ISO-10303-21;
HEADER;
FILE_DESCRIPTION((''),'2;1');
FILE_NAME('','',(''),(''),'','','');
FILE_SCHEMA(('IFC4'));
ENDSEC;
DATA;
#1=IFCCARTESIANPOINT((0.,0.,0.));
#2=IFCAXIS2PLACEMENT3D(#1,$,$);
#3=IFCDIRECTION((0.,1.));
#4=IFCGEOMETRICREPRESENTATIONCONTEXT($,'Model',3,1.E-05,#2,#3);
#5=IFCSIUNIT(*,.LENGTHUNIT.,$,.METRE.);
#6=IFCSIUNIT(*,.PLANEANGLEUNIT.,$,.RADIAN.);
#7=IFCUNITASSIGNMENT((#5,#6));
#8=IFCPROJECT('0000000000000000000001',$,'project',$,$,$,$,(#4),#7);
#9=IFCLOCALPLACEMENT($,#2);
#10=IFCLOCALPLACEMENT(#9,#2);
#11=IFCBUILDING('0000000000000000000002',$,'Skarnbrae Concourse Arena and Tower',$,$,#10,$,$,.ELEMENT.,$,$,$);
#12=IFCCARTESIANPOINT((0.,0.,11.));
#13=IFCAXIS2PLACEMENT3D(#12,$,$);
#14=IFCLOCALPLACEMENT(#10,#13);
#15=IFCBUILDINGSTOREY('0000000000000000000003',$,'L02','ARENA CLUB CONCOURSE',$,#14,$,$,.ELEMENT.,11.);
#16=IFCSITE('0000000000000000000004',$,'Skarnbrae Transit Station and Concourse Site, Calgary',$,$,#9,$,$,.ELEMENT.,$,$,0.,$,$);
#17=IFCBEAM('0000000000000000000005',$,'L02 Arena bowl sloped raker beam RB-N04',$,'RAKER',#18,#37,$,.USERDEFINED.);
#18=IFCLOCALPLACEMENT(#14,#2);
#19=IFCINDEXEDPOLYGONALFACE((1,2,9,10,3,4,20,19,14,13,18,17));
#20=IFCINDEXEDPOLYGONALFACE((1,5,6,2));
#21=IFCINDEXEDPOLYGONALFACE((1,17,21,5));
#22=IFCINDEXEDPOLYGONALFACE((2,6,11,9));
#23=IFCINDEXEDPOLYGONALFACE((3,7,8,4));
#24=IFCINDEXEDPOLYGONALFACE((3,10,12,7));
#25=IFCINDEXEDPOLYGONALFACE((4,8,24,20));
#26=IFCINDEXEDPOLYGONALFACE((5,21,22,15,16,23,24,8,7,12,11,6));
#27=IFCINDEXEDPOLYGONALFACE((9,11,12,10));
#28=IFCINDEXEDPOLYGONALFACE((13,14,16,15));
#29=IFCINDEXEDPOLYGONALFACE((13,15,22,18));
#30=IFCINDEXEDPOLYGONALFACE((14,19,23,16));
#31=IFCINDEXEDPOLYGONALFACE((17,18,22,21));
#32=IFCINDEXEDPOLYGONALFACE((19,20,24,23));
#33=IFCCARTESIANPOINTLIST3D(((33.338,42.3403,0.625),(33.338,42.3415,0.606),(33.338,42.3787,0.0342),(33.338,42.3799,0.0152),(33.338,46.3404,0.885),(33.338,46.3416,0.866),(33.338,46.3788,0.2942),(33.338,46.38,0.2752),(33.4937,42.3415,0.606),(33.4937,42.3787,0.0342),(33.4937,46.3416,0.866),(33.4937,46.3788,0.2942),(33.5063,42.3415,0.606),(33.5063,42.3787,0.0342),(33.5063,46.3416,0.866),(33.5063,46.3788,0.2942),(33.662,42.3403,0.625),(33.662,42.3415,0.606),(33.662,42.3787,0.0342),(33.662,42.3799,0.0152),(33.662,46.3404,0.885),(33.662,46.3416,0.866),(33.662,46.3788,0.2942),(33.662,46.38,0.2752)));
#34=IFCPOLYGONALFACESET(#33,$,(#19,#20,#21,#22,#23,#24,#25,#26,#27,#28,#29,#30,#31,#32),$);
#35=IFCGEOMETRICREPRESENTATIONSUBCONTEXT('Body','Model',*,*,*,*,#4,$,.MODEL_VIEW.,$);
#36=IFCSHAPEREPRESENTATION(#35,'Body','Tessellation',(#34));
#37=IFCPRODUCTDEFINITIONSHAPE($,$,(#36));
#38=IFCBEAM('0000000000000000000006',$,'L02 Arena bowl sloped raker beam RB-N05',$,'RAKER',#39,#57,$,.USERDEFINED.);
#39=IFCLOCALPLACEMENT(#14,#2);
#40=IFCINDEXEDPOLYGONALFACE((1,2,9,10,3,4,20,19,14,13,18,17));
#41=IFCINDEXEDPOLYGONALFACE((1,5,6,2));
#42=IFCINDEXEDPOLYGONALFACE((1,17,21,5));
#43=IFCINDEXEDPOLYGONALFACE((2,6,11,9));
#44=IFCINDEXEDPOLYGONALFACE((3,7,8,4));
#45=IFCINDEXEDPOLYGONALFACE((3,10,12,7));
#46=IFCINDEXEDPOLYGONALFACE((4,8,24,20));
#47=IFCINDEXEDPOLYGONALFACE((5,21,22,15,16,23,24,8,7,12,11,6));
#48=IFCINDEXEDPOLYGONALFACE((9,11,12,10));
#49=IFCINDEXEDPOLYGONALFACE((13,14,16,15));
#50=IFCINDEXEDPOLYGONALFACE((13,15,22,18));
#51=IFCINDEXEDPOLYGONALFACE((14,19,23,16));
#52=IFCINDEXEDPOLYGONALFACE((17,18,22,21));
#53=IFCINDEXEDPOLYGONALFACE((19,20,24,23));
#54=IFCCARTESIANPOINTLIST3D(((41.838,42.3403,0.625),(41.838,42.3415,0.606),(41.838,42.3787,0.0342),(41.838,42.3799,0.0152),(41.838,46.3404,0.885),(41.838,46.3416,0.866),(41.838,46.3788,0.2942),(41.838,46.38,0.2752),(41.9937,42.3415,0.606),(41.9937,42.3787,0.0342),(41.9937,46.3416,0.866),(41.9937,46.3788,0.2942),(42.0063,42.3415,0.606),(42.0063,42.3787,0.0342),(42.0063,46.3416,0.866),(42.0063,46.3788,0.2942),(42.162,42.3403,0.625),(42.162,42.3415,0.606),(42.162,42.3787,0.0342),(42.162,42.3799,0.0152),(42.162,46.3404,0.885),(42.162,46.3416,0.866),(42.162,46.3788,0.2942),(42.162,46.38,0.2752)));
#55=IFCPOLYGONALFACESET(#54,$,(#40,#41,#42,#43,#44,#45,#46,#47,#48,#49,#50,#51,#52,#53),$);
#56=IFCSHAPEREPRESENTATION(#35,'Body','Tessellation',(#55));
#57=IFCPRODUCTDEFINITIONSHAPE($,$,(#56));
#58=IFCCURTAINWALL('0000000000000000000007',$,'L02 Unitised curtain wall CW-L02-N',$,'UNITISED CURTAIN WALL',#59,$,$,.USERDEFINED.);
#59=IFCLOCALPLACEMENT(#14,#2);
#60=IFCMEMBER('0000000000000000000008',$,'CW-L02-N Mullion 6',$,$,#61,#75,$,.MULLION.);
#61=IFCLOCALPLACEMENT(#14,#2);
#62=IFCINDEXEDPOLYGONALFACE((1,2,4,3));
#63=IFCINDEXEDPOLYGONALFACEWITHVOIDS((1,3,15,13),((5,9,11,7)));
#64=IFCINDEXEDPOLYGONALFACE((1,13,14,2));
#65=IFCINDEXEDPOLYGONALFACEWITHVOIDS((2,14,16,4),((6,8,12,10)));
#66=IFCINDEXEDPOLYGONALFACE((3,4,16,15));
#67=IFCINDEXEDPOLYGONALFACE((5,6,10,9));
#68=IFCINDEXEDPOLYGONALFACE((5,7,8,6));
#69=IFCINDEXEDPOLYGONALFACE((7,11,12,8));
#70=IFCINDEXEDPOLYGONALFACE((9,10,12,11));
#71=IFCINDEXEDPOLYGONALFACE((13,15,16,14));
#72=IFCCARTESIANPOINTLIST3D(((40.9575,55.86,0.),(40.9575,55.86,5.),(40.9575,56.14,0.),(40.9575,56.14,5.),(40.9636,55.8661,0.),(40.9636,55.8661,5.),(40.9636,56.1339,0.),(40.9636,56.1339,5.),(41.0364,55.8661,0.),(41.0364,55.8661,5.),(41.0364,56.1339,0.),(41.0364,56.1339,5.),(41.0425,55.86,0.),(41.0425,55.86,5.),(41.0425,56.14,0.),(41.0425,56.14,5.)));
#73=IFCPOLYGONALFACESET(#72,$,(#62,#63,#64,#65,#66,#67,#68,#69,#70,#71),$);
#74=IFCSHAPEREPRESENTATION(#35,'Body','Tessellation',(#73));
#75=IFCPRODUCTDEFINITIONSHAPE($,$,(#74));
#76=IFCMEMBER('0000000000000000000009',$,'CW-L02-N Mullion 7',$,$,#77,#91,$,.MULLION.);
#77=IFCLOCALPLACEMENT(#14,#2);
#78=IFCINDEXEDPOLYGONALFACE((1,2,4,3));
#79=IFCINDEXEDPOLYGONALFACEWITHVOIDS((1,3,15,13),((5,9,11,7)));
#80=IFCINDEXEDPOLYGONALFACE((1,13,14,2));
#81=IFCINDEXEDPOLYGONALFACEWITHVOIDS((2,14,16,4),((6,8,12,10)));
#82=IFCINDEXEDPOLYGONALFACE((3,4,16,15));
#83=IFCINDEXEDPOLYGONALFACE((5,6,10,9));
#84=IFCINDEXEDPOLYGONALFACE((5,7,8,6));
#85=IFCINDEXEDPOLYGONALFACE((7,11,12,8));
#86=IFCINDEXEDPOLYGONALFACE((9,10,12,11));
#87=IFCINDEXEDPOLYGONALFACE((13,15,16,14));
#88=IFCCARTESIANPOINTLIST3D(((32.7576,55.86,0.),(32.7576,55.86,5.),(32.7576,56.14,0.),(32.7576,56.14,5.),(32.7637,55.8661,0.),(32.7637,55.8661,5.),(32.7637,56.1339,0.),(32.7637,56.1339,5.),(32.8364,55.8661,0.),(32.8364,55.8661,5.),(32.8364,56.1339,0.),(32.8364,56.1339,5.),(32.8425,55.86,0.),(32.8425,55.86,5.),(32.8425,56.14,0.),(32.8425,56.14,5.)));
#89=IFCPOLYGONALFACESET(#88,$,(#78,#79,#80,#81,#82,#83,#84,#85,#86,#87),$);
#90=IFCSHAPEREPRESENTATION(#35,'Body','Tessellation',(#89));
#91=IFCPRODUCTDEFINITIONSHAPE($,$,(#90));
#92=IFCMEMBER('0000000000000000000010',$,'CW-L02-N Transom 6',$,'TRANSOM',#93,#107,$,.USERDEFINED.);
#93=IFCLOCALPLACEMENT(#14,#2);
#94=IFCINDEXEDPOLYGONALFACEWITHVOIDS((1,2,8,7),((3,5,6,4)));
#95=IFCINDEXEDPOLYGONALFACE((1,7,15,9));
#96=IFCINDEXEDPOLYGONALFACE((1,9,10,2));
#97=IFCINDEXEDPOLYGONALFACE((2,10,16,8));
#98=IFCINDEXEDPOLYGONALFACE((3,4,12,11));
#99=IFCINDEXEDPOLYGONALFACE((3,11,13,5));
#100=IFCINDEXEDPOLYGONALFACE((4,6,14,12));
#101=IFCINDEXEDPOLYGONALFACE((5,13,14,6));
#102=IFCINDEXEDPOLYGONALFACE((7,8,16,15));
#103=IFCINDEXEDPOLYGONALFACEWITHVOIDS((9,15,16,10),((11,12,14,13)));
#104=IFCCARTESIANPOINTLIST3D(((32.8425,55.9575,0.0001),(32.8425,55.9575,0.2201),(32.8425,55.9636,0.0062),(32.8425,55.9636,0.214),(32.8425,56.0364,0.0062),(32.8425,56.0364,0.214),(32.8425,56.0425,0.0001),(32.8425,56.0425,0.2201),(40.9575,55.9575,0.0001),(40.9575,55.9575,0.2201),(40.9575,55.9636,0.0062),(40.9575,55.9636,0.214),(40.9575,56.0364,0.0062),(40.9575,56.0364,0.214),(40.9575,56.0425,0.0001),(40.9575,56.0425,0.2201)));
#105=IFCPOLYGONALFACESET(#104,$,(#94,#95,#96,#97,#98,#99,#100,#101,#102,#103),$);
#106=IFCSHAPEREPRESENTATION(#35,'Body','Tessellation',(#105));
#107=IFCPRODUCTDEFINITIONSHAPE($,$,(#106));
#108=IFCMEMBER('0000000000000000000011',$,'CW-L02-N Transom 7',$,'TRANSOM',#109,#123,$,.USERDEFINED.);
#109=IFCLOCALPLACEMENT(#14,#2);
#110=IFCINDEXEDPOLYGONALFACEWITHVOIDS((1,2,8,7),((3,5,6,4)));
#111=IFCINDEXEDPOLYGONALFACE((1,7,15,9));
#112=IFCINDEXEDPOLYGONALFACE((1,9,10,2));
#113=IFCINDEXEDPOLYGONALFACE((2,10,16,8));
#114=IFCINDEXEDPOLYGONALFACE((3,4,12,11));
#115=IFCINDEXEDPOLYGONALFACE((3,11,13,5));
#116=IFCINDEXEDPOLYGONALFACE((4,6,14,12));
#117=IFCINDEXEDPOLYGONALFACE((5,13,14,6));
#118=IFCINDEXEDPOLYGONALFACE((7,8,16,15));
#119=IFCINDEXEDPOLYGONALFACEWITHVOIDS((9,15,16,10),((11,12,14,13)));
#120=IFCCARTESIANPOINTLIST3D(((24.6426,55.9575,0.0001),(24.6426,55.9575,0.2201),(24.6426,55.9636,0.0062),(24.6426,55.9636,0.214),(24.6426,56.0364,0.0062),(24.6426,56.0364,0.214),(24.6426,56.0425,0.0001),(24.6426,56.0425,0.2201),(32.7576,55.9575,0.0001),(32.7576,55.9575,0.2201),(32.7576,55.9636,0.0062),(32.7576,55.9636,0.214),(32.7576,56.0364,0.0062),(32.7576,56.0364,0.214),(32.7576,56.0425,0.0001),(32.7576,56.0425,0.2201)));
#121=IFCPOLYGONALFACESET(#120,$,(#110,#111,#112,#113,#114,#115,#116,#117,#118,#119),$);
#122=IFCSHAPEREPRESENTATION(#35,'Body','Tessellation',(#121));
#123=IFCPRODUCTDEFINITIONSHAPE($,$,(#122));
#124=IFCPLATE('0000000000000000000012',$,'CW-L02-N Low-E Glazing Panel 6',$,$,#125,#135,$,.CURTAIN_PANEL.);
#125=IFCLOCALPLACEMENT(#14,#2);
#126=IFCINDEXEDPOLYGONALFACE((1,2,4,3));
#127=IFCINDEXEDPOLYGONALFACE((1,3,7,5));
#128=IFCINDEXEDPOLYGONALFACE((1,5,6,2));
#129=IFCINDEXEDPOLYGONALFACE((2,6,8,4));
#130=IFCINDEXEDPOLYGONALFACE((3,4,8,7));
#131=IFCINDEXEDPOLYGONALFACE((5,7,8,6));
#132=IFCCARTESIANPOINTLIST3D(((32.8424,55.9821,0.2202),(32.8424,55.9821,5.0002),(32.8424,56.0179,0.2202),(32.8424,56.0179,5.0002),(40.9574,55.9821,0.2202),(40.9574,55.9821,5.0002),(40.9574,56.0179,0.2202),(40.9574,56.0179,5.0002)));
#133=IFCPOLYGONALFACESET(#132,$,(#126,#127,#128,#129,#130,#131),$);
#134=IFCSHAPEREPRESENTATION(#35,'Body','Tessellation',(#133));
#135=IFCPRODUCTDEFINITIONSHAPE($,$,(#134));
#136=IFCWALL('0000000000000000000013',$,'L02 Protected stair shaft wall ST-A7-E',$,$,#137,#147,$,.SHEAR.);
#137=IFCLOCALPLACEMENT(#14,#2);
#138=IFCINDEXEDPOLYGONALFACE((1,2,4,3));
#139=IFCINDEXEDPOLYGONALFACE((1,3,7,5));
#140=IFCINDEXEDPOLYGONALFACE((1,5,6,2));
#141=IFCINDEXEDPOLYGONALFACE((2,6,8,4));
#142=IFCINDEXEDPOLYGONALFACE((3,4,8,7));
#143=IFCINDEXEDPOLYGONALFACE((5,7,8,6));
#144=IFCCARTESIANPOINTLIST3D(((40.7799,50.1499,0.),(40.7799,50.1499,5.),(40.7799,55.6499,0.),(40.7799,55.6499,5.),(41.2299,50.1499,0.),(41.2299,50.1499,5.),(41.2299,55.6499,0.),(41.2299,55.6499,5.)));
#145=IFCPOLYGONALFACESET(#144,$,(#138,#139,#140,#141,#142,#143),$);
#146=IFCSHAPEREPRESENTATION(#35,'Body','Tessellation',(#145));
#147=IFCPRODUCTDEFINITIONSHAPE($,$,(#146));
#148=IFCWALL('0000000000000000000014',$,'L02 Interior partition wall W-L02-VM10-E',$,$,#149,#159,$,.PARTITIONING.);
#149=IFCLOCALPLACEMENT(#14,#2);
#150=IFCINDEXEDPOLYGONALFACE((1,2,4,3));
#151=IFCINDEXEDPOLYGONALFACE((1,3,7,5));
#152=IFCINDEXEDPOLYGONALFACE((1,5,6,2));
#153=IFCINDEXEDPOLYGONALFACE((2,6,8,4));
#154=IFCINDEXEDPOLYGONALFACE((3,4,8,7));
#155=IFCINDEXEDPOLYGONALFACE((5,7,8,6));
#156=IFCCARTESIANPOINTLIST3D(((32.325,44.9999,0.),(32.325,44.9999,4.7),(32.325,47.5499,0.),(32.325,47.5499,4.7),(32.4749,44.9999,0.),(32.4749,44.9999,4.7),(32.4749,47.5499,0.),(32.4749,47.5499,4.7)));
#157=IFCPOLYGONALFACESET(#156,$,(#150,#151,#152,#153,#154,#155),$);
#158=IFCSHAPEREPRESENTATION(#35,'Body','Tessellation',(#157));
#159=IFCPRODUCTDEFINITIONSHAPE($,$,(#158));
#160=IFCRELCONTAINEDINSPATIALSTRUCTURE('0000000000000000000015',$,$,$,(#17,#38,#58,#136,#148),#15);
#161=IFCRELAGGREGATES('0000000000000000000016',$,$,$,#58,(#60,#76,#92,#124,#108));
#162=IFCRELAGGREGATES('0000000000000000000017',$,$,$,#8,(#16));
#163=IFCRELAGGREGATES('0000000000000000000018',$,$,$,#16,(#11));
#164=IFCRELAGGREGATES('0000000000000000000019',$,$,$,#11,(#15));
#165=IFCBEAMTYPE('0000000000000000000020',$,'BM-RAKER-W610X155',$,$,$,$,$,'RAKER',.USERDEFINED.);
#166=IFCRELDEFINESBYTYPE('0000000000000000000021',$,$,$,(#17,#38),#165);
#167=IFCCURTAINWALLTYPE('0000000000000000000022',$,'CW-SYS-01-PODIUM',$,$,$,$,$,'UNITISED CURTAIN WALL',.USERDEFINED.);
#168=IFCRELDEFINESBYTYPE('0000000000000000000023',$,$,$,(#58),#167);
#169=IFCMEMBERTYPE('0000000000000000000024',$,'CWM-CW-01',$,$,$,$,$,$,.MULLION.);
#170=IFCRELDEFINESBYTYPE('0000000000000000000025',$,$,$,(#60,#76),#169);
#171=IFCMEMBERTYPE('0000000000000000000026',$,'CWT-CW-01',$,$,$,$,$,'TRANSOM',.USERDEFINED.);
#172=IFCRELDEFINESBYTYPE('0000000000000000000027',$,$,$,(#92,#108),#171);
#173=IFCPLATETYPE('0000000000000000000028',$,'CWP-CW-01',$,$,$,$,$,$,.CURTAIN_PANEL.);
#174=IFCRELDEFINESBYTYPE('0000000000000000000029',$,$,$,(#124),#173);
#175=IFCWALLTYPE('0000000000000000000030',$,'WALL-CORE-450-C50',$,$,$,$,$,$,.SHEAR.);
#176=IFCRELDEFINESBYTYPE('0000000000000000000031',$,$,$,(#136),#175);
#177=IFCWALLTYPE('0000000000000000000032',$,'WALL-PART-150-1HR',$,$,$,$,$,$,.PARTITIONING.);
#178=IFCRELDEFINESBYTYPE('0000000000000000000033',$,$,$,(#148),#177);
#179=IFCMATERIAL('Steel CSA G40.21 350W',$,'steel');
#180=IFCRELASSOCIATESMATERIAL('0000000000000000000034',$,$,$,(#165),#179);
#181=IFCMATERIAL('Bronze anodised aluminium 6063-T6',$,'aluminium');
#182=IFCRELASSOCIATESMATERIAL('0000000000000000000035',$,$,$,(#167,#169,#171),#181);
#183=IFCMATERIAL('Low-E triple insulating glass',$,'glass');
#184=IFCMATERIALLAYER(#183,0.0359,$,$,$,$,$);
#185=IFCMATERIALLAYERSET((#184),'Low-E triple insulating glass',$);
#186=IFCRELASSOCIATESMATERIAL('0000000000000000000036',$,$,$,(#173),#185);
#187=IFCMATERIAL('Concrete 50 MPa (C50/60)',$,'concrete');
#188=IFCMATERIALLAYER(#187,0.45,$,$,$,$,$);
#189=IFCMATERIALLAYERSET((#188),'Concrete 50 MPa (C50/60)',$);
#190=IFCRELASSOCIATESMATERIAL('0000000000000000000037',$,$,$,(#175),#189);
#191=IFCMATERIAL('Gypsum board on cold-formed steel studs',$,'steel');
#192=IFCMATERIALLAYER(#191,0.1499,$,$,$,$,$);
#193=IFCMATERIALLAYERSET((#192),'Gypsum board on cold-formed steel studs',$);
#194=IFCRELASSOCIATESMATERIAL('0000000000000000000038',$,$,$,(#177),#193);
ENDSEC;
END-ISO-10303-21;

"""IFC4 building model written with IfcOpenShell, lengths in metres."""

from ifc_helpers import new_model, si_unit, direction, frame, frame_2d, origin, origin_2d, place, context, subcontext, project, spatial, rectangle, hollow_rectangle, i_section, extrude, source, transform, mapped, material, layer, layer_set, material_profile, profile_set, type_object, element, aggregate, save


model = new_model("IFC4")

# Units and contexts
model_context = context("Model", 3, precision=1e-05, world=origin(), true_north=direction((0.0, 1.0)))
body_context = subcontext(model_context, "Body", "Model", "MODEL_VIEW")
ifc_project = project(units=[si_unit("LENGTHUNIT", "METRE"), si_unit("PLANEANGLEUNIT", "RADIAN")], contexts=[model_context])

# Site, building, storey
site_placement = place(None, origin())
site = spatial("IfcSite", under=ifc_project, at=site_placement, Name="Skarnbrae Transit Station and Concourse Site, Calgary", CompositionType="ELEMENT", RefElevation=0.0)
building_placement = place(site_placement, origin())
building = spatial("IfcBuilding", under=site, at=building_placement, Name="Skarnbrae Concourse Arena and Tower", CompositionType="ELEMENT")
storey_placement = place(building_placement, frame((0.0, 0.0, 11.0)))
storey = spatial("IfcBuildingStorey", under=building, at=storey_placement, Name="L02", Description="ARENA CLUB CONCOURSE", CompositionType="ELEMENT", Elevation=11.0)

# Shared definitions
ifc_material_1 = material(Name="Steel CSA G40.21 350W", Category="steel")

# Beams
ifc_material_profile_1 = material_profile(ifc_material_1, i_section(OverallWidth=0.324, OverallDepth=0.6111, WebThickness=0.0127, FlangeThickness=0.019, at=origin_2d()), Name="W610X155")
ifc_profile_set_1 = profile_set([ifc_material_profile_1], Name="Steel CSA G40.21 350W")
beam_type_1 = type_object("IfcBeamType", Name="BM-RAKER-W610X155", ElementType="RAKER", PredefinedType="USERDEFINED", material=ifc_profile_set_1)
shared_shape_1 = source(origin(), body_context, "Body", "SweptSolid", [
    extrude(i_section(OverallWidth=0.324, OverallDepth=0.6111, WebThickness=0.0127, FlangeThickness=0.019, at=origin_2d()), origin(), (0.0, 0.0, 1.0), 4.0085),
])
for number, where, z_axis, x_axis, name in (
    (1, (33.5, 42.3601, 0.3201), (0.0, 0.997894, 0.064866), (-1.0, 0.0, 0.0), "L02 Arena bowl sloped raker beam RB-N04"),
    (2, (42.0, 42.3601, 0.3201), (0.0, 0.997894, 0.064866), (-1.0, 0.0, 0.0), "L02 Arena bowl sloped raker beam RB-N05"),
):
    element("IfcBeam", number, at=place(storey_placement, frame(where, z_axis=z_axis, x_axis=x_axis)), inside=storey, type_object=beam_type_1, Name=name, ObjectType="RAKER", PredefinedType="USERDEFINED", context=body_context, shape_type="MappedRepresentation", body=[
        mapped(shared_shape_1, transform((0.0, 0.0, 0.0))),
    ])

# Curtain wall, members, plate
ifc_material_2 = material(Name="Bronze anodised aluminium 6063-T6", Category="aluminium")
curtain_wall_type = type_object("IfcCurtainWallType", Name="CW-SYS-01-PODIUM", ElementType="UNITISED CURTAIN WALL", PredefinedType="USERDEFINED", material=ifc_material_2)
curtain_wall_placement = place(storey_placement, origin())
curtain_wall = element("IfcCurtainWall", 3, at=curtain_wall_placement, inside=storey, type_object=curtain_wall_type, Name="L02 Unitised curtain wall CW-L02-N", ObjectType="UNITISED CURTAIN WALL", PredefinedType="USERDEFINED")
ifc_material_profile_2 = material_profile(ifc_material_2, hollow_rectangle(XDim=0.085, YDim=0.28, WallThickness=0.0061, at=origin_2d()), Name="ALU-MULL-85X280")
ifc_profile_set_2 = profile_set([ifc_material_profile_2], Name="Bronze anodised aluminium 6063-T6")
member_type_1 = type_object("IfcMemberType", Name="CWM-CW-01", PredefinedType="MULLION", material=ifc_profile_set_2)
shared_shape_2 = source(origin(), body_context, "Body", "SweptSolid", [
    extrude(hollow_rectangle(XDim=0.085, YDim=0.28, WallThickness=0.0061, at=origin_2d()), origin(), (0.0, 0.0, 1.0), 5.0),
])
member_1_placement = place(storey_placement, frame((41.0, 56.0, 0.0), z_axis=(0.0, 0.0, 1.0), x_axis=(-1.0, 0.0, 0.0)))
member_1 = element("IfcMember", 4, at=member_1_placement, type_object=member_type_1, Name="CW-L02-N Mullion 6", PredefinedType="MULLION", context=body_context, shape_type="MappedRepresentation", body=[
    mapped(shared_shape_2, transform((0.0, 0.0, 0.0))),
])
member_2_placement = place(storey_placement, frame((32.8, 56.0, 0.0), z_axis=(0.0, 0.0, 1.0), x_axis=(-1.0, 0.0, 0.0)))
member_2 = element("IfcMember", 5, at=member_2_placement, type_object=member_type_1, Name="CW-L02-N Mullion 7", PredefinedType="MULLION", context=body_context, shape_type="MappedRepresentation", body=[
    mapped(shared_shape_2, transform((0.0, 0.0, 0.0))),
])
ifc_material_profile_3 = material_profile(ifc_material_2, hollow_rectangle(XDim=0.085, YDim=0.22, WallThickness=0.0061, at=origin_2d()), Name="ALU-TRAN-85X220")
ifc_profile_set_3 = profile_set([ifc_material_profile_3], Name="Bronze anodised aluminium 6063-T6")
member_type_2 = type_object("IfcMemberType", Name="CWT-CW-01", ElementType="TRANSOM", PredefinedType="USERDEFINED", material=ifc_profile_set_3)
shared_shape_3 = source(origin(), body_context, "Body", "SweptSolid", [
    extrude(hollow_rectangle(XDim=0.085, YDim=0.22, WallThickness=0.0061, at=origin_2d()), origin(), (0.0, 0.0, 1.0), 8.115),
])
member_3_placement = place(storey_placement, frame((40.9575, 56.0, 0.1101), z_axis=(-1.0, 0.0, 0.0), x_axis=(0.0, -1.0, 0.0)))
member_3 = element("IfcMember", 6, at=member_3_placement, type_object=member_type_2, Name="CW-L02-N Transom 6", ObjectType="TRANSOM", PredefinedType="USERDEFINED", context=body_context, shape_type="MappedRepresentation", body=[
    mapped(shared_shape_3, transform((0.0, 0.0, 0.0))),
])
member_4_placement = place(storey_placement, frame((32.7576, 56.0, 0.1101), z_axis=(-1.0, 0.0, 0.0), x_axis=(0.0, -1.0, 0.0)))
member_4 = element("IfcMember", 7, at=member_4_placement, type_object=member_type_2, Name="CW-L02-N Transom 7", ObjectType="TRANSOM", PredefinedType="USERDEFINED", context=body_context, shape_type="MappedRepresentation", body=[
    mapped(shared_shape_3, transform((0.0, 0.0, 0.0))),
])
ifc_material_3 = material(Name="Low-E triple insulating glass", Category="glass")
ifc_layer_1 = layer(ifc_material_3, 0.0359)
ifc_layer_set_1 = layer_set([ifc_layer_1], Name="Low-E triple insulating glass")
plate_type = type_object("IfcPlateType", Name="CWP-CW-01", PredefinedType="CURTAIN_PANEL", material=ifc_layer_set_1)
shared_shape_4 = source(origin(), body_context, "Body", "SweptSolid", [
    extrude(rectangle(XDim=8.115, YDim=0.0359, at=origin_2d()), origin(), (0.0, 0.0, 1.0), 4.78),
])
plate_placement = place(storey_placement, frame((36.8999, 56.0, 0.2202), z_axis=(0.0, 0.0, 1.0), x_axis=(-1.0, 0.0, 0.0)))
plate = element("IfcPlate", 8, at=plate_placement, type_object=plate_type, Name="CW-L02-N Low-E Glazing Panel 6", PredefinedType="CURTAIN_PANEL", context=body_context, shape_type="MappedRepresentation", body=[
    mapped(shared_shape_4, transform((0.0, 0.0, 0.0))),
])
aggregate(curtain_wall, [member_1, member_2, member_3, plate, member_4])

# Walls
ifc_material_4 = material(Name="Concrete 50 MPa (C50/60)", Category="concrete")
ifc_layer_2 = layer(ifc_material_4, 0.45)
ifc_layer_set_2 = layer_set([ifc_layer_2], Name="Concrete 50 MPa (C50/60)")
wall_type_1 = type_object("IfcWallType", Name="WALL-CORE-450-C50", PredefinedType="SHEAR", material=ifc_layer_set_2)
shared_shape_5 = source(origin(), body_context, "Body", "SweptSolid", [
    extrude(rectangle(XDim=5.5, YDim=0.45, at=frame_2d((2.75, 0.0))), origin(), (0.0, 0.0, 1.0), 5.0),
])
wall_1_placement = place(storey_placement, frame((41.0049, 50.1499, 0.0), z_axis=(0.0, 0.0, 1.0), x_axis=(0.0, 1.0, 0.0)))
element("IfcWall", 9, at=wall_1_placement, inside=storey, type_object=wall_type_1, Name="L02 Protected stair shaft wall ST-A7-E", PredefinedType="SHEAR", context=body_context, shape_type="MappedRepresentation", body=[
    mapped(shared_shape_5, transform((0.0, 0.0, 0.0))),
])
ifc_material_5 = material(Name="Gypsum board on cold-formed steel studs", Category="steel")
ifc_layer_3 = layer(ifc_material_5, 0.1499)
ifc_layer_set_3 = layer_set([ifc_layer_3], Name="Gypsum board on cold-formed steel studs")
wall_type_2 = type_object("IfcWallType", Name="WALL-PART-150-1HR", PredefinedType="PARTITIONING", material=ifc_layer_set_3)
shared_shape_6 = source(origin(), body_context, "Body", "SweptSolid", [
    extrude(rectangle(XDim=2.55, YDim=0.1499, at=frame_2d((1.2749, 0.0))), origin(), (0.0, 0.0, 1.0), 4.7),
])
wall_2_placement = place(storey_placement, frame((32.3999, 45.0, 0.0), z_axis=(0.0, 0.0, 1.0), x_axis=(0.0, 1.0, 0.0)))
element("IfcWall", 10, at=wall_2_placement, inside=storey, type_object=wall_type_2, Name="L02 Interior partition wall W-L02-VM10-E", PredefinedType="PARTITIONING", context=body_context, shape_type="MappedRepresentation", body=[
    mapped(shared_shape_6, transform((0.0, 0.0, 0.0))),
])

save(model, "model.ifc")
